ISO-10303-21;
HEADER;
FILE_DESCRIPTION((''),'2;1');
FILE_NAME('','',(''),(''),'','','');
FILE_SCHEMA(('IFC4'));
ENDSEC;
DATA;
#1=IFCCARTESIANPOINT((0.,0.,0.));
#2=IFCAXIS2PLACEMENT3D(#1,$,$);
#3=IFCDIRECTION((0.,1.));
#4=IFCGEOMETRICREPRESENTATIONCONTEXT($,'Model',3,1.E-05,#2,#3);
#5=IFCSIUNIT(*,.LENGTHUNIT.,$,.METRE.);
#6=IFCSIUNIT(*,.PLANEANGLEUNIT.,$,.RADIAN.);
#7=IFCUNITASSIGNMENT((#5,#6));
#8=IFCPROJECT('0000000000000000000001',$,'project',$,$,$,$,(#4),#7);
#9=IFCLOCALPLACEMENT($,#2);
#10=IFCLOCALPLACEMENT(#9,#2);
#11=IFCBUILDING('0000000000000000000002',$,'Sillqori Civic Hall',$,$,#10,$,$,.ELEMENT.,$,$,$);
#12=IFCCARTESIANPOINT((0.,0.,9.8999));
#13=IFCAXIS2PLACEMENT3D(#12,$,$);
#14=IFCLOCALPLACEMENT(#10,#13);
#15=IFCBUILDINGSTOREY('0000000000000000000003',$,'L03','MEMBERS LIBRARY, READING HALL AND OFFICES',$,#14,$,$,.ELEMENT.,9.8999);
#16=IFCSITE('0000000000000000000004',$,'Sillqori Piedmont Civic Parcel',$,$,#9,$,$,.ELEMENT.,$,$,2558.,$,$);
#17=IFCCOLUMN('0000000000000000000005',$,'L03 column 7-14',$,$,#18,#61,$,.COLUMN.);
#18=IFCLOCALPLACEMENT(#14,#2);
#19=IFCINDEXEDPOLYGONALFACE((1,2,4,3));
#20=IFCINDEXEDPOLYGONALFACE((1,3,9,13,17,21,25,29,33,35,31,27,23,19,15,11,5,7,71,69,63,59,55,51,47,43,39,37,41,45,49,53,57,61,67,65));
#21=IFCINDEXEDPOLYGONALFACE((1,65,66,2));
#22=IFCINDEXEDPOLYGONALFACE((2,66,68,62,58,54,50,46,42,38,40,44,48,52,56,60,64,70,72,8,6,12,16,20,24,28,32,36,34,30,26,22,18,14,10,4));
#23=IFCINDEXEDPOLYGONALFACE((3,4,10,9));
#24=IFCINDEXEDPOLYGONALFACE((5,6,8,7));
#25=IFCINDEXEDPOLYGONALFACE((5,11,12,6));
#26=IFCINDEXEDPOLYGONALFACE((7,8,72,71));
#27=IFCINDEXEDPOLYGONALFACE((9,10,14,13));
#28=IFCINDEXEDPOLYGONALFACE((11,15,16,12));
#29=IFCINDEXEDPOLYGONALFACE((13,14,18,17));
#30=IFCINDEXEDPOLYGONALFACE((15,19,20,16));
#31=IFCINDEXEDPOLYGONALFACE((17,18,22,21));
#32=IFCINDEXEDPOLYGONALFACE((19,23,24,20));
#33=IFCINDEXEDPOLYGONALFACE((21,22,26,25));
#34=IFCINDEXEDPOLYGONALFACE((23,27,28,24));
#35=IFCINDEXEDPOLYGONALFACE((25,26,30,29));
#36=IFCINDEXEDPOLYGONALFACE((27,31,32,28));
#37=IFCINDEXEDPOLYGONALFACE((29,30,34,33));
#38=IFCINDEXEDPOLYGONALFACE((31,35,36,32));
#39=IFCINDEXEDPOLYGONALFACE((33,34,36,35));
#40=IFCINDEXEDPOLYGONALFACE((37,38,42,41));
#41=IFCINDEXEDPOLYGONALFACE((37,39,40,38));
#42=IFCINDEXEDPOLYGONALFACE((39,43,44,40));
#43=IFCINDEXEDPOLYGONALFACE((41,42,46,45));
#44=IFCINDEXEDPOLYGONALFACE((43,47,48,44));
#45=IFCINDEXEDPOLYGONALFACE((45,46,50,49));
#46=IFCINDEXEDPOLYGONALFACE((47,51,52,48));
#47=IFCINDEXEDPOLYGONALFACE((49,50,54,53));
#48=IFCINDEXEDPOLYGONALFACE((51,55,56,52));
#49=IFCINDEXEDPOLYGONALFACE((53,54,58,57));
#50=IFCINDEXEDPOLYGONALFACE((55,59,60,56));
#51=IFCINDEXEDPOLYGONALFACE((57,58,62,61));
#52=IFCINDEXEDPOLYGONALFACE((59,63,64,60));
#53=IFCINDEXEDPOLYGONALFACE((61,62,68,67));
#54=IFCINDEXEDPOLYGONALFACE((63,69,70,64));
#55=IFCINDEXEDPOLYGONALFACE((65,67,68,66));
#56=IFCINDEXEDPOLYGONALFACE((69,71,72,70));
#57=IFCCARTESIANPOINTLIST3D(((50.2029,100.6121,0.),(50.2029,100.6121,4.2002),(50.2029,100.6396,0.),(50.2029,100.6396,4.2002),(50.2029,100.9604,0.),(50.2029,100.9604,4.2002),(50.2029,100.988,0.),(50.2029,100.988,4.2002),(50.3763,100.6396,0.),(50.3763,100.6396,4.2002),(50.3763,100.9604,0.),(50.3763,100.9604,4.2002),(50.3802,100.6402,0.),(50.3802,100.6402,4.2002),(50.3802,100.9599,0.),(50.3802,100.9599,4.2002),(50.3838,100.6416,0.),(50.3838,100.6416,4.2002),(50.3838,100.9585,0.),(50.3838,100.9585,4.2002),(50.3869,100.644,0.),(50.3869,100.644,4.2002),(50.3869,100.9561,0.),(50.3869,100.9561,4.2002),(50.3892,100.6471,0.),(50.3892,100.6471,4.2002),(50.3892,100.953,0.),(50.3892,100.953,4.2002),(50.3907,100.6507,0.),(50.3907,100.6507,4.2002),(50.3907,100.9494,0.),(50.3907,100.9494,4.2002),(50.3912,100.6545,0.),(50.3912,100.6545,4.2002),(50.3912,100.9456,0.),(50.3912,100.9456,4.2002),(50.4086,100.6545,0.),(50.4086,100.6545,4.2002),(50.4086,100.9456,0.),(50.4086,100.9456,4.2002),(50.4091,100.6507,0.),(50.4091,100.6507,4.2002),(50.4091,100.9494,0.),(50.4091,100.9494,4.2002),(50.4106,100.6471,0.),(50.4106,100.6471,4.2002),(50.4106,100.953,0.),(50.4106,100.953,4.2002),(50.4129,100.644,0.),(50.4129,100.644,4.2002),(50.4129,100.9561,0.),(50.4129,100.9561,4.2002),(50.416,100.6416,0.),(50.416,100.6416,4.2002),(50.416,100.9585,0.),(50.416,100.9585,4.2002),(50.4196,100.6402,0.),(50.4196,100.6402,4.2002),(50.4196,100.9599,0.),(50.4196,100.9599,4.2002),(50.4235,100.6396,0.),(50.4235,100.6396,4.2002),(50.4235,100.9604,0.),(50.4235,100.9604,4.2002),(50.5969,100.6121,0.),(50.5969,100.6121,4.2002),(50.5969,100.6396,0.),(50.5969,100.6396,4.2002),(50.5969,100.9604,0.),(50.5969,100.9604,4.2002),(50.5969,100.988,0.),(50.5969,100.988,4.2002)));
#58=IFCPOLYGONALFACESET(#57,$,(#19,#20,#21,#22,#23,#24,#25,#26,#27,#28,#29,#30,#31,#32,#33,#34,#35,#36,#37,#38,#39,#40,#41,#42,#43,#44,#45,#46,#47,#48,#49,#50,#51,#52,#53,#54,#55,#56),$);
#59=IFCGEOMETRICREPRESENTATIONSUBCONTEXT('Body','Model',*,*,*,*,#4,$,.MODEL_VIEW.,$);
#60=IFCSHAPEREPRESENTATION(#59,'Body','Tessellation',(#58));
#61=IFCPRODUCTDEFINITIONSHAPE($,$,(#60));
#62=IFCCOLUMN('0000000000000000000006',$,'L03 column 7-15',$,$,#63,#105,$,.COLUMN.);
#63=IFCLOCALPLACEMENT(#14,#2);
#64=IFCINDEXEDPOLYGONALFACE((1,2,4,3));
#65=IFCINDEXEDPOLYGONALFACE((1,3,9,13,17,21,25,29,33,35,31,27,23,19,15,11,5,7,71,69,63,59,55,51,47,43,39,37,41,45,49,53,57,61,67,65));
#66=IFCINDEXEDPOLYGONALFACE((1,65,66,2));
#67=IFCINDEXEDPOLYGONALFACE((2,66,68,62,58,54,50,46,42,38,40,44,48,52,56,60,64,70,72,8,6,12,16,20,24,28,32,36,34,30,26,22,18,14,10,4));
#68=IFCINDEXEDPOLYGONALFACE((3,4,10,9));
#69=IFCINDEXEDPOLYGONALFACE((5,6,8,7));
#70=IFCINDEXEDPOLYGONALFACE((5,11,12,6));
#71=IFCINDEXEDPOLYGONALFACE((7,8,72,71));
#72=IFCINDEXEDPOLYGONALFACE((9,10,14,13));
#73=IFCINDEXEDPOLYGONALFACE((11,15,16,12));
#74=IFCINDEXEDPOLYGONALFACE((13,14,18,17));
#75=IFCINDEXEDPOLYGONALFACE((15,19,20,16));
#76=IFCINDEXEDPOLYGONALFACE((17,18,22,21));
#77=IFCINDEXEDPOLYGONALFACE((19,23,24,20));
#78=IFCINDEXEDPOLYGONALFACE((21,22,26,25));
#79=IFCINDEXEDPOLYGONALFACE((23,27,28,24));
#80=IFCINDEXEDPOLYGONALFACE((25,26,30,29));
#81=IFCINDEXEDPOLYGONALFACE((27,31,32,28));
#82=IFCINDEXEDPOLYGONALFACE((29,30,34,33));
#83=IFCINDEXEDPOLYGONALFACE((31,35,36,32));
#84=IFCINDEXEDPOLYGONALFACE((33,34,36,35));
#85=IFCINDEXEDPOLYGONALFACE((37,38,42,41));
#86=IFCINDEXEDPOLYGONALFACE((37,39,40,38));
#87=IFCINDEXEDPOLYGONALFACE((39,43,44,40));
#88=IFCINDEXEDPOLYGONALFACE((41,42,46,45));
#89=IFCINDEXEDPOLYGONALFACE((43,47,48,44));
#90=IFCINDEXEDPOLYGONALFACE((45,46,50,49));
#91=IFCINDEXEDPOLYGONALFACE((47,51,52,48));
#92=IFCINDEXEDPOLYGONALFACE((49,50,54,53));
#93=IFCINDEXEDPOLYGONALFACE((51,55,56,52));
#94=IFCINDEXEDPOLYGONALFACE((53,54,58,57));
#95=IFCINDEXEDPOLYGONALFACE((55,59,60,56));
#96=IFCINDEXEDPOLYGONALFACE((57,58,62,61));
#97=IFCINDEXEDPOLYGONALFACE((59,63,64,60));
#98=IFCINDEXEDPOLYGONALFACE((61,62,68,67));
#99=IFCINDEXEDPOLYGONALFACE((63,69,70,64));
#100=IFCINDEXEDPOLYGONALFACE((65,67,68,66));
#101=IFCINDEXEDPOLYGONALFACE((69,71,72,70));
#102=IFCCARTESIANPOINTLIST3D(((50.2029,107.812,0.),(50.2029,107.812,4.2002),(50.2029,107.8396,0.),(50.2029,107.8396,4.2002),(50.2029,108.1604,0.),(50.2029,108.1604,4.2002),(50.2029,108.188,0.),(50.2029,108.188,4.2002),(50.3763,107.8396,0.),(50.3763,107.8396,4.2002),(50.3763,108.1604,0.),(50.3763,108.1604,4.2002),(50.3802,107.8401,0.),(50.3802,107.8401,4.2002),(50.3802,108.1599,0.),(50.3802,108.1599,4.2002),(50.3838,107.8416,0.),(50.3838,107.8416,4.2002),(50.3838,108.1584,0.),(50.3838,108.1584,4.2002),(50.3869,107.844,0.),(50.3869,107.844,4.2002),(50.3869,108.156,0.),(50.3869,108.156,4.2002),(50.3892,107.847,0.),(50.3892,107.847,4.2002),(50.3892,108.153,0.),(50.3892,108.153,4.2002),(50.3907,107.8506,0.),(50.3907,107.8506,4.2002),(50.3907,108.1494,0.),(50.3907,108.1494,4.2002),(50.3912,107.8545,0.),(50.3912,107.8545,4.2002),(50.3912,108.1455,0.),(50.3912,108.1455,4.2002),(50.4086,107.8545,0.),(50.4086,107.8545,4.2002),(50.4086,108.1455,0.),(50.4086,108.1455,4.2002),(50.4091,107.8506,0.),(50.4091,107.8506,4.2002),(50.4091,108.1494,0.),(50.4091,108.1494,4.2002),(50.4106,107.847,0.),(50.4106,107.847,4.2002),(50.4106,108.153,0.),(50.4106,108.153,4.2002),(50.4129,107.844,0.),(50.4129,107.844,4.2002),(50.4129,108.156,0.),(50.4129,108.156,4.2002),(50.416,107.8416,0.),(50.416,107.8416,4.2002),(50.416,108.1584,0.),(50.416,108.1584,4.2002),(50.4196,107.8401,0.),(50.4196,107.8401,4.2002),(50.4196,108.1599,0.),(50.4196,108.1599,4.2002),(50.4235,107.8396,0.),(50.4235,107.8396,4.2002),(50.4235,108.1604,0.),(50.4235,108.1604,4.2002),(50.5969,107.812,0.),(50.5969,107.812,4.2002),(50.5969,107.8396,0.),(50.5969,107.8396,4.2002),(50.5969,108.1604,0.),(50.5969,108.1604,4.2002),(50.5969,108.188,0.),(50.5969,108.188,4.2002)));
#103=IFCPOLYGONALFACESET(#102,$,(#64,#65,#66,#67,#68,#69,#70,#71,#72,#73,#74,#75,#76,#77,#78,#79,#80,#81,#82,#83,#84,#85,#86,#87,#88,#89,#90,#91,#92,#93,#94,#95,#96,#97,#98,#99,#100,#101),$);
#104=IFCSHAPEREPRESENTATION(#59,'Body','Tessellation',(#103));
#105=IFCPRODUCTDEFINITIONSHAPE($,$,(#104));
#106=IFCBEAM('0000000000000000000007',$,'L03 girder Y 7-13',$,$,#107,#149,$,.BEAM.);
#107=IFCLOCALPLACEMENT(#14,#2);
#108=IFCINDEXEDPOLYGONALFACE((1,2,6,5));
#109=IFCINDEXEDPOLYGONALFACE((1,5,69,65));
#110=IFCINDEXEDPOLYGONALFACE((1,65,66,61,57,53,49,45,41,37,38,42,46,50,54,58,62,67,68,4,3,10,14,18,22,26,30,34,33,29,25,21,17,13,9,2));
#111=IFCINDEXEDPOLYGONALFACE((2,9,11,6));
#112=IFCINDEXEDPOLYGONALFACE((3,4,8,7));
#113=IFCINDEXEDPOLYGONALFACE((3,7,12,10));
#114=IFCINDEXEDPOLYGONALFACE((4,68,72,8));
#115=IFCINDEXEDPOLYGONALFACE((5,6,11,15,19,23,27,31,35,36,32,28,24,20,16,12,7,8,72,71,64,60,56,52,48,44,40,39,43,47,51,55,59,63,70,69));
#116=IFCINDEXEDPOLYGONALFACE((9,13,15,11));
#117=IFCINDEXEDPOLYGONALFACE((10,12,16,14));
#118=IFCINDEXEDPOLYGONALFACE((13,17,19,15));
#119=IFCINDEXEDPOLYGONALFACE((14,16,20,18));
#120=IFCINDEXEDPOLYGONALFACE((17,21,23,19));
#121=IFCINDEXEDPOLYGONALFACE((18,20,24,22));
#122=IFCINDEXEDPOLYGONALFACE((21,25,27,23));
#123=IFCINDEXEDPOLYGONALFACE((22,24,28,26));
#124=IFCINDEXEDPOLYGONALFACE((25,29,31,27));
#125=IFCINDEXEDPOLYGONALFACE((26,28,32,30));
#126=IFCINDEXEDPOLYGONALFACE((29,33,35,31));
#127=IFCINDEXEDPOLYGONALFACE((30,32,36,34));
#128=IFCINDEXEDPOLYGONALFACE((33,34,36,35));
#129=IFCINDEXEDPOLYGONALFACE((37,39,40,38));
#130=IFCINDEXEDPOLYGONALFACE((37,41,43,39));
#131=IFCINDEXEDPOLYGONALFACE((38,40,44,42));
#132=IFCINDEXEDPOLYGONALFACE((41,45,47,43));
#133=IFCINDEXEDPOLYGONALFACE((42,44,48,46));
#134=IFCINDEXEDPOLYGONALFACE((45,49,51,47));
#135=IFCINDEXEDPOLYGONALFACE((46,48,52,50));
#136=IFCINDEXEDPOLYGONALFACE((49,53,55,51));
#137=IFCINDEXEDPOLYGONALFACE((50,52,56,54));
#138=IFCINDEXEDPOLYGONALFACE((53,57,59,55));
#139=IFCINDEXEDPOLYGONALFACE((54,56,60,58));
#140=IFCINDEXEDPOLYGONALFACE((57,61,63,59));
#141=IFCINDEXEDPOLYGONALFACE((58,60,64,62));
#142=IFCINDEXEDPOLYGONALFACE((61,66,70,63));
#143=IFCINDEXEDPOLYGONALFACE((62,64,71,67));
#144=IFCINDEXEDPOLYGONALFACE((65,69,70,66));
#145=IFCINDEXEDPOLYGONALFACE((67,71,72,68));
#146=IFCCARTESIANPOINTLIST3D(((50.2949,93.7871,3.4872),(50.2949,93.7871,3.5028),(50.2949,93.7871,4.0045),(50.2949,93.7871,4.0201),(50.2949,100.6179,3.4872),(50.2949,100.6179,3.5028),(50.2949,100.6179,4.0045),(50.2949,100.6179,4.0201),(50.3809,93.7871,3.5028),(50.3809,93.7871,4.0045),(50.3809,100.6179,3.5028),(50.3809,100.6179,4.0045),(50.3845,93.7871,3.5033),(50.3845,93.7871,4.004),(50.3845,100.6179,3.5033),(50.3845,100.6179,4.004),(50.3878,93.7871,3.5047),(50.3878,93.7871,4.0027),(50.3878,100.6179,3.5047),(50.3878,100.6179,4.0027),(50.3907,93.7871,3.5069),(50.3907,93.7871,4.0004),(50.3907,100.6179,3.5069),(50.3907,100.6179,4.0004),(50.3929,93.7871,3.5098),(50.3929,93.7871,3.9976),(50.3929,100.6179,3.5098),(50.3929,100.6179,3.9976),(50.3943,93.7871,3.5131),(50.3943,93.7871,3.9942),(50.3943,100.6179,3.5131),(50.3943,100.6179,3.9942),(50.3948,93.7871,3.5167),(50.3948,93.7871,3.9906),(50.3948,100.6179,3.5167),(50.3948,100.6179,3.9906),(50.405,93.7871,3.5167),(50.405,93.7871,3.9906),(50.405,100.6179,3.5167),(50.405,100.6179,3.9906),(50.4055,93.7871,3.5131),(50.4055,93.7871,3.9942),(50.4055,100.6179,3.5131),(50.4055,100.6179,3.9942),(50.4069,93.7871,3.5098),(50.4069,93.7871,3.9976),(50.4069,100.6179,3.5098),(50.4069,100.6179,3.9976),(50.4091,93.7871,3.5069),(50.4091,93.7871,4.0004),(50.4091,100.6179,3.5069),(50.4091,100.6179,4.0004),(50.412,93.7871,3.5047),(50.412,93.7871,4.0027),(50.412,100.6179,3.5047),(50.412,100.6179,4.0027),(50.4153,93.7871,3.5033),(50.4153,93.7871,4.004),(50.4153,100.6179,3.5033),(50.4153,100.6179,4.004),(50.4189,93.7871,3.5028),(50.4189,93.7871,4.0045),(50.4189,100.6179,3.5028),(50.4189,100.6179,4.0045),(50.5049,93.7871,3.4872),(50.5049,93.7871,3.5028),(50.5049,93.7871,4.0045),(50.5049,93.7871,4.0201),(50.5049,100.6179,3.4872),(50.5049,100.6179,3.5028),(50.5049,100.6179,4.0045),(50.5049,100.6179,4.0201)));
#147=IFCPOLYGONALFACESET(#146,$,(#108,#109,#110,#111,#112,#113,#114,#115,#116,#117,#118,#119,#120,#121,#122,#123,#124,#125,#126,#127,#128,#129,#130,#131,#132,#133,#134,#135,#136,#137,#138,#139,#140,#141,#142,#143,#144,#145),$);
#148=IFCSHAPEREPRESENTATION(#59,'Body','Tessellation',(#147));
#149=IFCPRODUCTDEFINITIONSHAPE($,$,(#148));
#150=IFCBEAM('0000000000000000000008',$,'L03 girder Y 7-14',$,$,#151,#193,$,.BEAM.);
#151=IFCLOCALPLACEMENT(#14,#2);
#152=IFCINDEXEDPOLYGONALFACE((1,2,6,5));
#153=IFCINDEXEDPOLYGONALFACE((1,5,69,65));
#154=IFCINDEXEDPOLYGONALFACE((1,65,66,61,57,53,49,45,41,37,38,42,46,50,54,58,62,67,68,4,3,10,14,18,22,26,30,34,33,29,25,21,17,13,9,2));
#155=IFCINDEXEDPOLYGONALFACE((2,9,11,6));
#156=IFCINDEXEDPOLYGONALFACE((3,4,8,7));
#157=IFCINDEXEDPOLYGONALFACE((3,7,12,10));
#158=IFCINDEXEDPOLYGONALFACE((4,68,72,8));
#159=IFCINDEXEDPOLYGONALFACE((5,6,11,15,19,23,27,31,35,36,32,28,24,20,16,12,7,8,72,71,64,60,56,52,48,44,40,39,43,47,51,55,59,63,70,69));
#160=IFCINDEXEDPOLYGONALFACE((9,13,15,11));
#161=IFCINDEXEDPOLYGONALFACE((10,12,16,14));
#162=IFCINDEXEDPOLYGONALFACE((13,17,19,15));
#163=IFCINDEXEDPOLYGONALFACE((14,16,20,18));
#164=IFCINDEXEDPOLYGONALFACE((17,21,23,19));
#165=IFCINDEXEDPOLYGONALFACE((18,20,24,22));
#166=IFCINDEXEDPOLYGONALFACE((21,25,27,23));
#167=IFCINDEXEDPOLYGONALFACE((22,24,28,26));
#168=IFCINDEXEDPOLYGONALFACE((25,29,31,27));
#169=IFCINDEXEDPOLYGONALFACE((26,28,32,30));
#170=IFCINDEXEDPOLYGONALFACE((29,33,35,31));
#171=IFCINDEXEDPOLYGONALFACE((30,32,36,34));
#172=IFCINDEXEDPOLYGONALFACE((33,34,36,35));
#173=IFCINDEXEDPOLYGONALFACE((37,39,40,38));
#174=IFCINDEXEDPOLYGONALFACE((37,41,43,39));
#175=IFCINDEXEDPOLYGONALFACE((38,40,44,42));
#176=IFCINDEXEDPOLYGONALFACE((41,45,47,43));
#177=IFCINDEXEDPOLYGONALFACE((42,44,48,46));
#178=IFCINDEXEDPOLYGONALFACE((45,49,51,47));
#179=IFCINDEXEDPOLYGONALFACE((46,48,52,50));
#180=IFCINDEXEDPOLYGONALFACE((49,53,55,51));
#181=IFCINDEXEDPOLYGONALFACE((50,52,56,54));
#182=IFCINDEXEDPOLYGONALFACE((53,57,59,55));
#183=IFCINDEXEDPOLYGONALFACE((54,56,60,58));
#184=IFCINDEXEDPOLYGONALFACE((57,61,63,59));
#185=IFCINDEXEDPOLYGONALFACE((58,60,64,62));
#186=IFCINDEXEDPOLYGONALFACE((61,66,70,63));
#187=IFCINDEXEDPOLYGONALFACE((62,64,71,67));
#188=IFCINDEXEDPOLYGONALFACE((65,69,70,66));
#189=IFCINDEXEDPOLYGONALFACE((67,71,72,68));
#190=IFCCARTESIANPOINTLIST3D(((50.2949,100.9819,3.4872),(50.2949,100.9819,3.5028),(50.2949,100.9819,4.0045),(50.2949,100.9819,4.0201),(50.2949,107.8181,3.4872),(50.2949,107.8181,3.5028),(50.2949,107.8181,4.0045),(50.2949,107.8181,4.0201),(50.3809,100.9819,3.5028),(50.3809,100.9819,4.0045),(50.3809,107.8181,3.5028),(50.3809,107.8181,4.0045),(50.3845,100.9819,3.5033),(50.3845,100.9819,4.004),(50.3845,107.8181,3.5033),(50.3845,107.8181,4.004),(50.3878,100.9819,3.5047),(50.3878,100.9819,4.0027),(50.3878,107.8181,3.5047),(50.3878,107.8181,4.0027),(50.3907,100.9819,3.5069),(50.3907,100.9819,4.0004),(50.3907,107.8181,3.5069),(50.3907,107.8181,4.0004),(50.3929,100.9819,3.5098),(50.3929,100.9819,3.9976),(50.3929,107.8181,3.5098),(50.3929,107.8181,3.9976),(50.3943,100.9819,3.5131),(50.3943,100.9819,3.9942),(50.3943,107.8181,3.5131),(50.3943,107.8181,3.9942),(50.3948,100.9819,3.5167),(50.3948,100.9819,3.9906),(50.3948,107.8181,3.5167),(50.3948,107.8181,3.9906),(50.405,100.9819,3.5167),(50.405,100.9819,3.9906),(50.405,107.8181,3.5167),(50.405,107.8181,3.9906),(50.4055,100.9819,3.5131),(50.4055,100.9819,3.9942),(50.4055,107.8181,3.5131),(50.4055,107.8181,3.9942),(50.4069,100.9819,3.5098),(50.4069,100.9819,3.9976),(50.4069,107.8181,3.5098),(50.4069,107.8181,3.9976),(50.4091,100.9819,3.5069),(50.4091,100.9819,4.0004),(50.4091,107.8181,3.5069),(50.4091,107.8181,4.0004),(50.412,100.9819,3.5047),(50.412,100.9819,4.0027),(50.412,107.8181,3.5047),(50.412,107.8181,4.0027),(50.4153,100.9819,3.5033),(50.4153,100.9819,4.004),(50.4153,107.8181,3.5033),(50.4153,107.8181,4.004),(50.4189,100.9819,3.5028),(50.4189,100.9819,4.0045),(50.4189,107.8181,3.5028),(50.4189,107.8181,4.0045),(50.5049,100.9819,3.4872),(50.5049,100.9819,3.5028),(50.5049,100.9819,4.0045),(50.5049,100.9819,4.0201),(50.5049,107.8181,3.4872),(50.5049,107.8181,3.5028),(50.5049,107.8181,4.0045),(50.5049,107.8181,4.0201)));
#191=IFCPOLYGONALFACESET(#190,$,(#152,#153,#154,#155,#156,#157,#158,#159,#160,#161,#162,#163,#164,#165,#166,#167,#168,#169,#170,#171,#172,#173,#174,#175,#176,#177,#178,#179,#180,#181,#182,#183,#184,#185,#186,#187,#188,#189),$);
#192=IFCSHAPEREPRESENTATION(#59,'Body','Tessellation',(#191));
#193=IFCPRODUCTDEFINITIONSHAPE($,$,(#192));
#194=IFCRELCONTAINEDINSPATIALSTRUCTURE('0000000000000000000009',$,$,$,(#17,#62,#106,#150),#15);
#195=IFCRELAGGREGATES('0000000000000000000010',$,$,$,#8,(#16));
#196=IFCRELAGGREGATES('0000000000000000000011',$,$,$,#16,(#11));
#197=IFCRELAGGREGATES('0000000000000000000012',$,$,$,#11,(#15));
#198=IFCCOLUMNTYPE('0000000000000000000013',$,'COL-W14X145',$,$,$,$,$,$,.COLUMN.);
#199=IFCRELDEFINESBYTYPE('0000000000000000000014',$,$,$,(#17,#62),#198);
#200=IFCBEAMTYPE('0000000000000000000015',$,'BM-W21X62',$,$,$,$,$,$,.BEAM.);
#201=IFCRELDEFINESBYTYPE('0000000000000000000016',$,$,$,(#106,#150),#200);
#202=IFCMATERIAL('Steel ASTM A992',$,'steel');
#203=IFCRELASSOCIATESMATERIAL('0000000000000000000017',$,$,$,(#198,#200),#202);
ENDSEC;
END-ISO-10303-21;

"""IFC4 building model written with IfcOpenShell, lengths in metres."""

from ifc_helpers import new_model, si_unit, direction, frame, origin, origin_2d, place, context, subcontext, project, spatial, i_section, extrude, material, material_profile, profile_set, type_object, element, save


model = new_model("IFC4")

# Units and contexts
model_context = context("Model", 3, precision=1e-05, world=origin(), true_north=direction((0.0, 1.0)))
body_context = subcontext(model_context, "Body", "Model", "MODEL_VIEW")
ifc_project = project(units=[si_unit("LENGTHUNIT", "METRE"), si_unit("PLANEANGLEUNIT", "RADIAN")], contexts=[model_context])

# Site, building, storey
site_placement = place(None, origin())
site = spatial("IfcSite", under=ifc_project, at=site_placement, Name="Sillqori Piedmont Civic Parcel", CompositionType="ELEMENT", RefElevation=2558.0)
building_placement = place(site_placement, origin())
building = spatial("IfcBuilding", under=site, at=building_placement, Name="Sillqori Civic Hall", CompositionType="ELEMENT")
storey_placement = place(building_placement, frame((0.0, 0.0, 9.8999)))
storey = spatial("IfcBuildingStorey", under=building, at=storey_placement, Name="L03", Description="MEMBERS LIBRARY, READING HALL AND OFFICES", CompositionType="ELEMENT", Elevation=9.8999)

# Columns
ifc_material_1 = material(Name="Steel ASTM A992", Category="steel")
ifc_material_profile_1 = material_profile(ifc_material_1, i_section(OverallWidth=0.394, OverallDepth=0.376, WebThickness=0.0173, FlangeThickness=0.0276, FilletRadius=0.0149, at=origin_2d()), Name="W14X145")
ifc_profile_set_1 = profile_set([ifc_material_profile_1], Name="Steel ASTM A992")
column_type = type_object("IfcColumnType", Name="COL-W14X145", PredefinedType="COLUMN", material=ifc_profile_set_1)
for number, where, z_axis, x_axis, name in (
    (1, (50.3999, 100.8, 0.0), (0.0, 0.0, 1.0), (1.0, 0.0, 0.0), "L03 column 7-14"),
    (2, (50.3999, 108.0, 0.0), (0.0, 0.0, 1.0), (1.0, 0.0, 0.0), "L03 column 7-15"),
):
    element("IfcColumn", number, at=place(storey_placement, frame(where, z_axis=z_axis, x_axis=x_axis)), inside=storey, type_object=column_type, Name=name, PredefinedType="COLUMN", context=body_context, shape_type="SweptSolid", body=[
        extrude(i_section(OverallWidth=0.394, OverallDepth=0.376, WebThickness=0.0173, FlangeThickness=0.0276, FilletRadius=0.0149, at=origin_2d()), origin(), (0.0, 0.0, 1.0), 4.2002),
    ])

# Beams
ifc_material_profile_2 = material_profile(ifc_material_1, i_section(OverallWidth=0.21, OverallDepth=0.533, WebThickness=0.0103, FlangeThickness=0.0156, FilletRadius=0.0139, at=origin_2d()), Name="W21X62")
ifc_profile_set_2 = profile_set([ifc_material_profile_2], Name="Steel ASTM A992")
beam_type_1 = type_object("IfcBeamType", Name="BM-W21X62", PredefinedType="BEAM", material=ifc_profile_set_2)
beam_1_placement = place(storey_placement, frame((50.3999, 93.7871, 3.7537), z_axis=(0.0, 1.0, 0.0), x_axis=(-1.0, 0.0, 0.0)))
element("IfcBeam", 3, at=beam_1_placement, inside=storey, type_object=beam_type_1, Name="L03 girder Y 7-13", PredefinedType="BEAM", context=body_context, shape_type="SweptSolid", body=[
    extrude(i_section(OverallWidth=0.21, OverallDepth=0.533, WebThickness=0.0103, FlangeThickness=0.0156, FilletRadius=0.0139, at=origin_2d()), origin(), (0.0, 0.0, 1.0), 6.8308),
])
beam_2_placement = place(storey_placement, frame((50.3999, 100.9819, 3.7537), z_axis=(0.0, 1.0, 0.0), x_axis=(-1.0, 0.0, 0.0)))
element("IfcBeam", 4, at=beam_2_placement, inside=storey, type_object=beam_type_1, Name="L03 girder Y 7-14", PredefinedType="BEAM", context=body_context, shape_type="SweptSolid", body=[
    extrude(i_section(OverallWidth=0.21, OverallDepth=0.533, WebThickness=0.0103, FlangeThickness=0.0156, FilletRadius=0.0139, at=origin_2d()), origin(), (0.0, 0.0, 1.0), 6.8362),
])

save(model, "model.ifc")
